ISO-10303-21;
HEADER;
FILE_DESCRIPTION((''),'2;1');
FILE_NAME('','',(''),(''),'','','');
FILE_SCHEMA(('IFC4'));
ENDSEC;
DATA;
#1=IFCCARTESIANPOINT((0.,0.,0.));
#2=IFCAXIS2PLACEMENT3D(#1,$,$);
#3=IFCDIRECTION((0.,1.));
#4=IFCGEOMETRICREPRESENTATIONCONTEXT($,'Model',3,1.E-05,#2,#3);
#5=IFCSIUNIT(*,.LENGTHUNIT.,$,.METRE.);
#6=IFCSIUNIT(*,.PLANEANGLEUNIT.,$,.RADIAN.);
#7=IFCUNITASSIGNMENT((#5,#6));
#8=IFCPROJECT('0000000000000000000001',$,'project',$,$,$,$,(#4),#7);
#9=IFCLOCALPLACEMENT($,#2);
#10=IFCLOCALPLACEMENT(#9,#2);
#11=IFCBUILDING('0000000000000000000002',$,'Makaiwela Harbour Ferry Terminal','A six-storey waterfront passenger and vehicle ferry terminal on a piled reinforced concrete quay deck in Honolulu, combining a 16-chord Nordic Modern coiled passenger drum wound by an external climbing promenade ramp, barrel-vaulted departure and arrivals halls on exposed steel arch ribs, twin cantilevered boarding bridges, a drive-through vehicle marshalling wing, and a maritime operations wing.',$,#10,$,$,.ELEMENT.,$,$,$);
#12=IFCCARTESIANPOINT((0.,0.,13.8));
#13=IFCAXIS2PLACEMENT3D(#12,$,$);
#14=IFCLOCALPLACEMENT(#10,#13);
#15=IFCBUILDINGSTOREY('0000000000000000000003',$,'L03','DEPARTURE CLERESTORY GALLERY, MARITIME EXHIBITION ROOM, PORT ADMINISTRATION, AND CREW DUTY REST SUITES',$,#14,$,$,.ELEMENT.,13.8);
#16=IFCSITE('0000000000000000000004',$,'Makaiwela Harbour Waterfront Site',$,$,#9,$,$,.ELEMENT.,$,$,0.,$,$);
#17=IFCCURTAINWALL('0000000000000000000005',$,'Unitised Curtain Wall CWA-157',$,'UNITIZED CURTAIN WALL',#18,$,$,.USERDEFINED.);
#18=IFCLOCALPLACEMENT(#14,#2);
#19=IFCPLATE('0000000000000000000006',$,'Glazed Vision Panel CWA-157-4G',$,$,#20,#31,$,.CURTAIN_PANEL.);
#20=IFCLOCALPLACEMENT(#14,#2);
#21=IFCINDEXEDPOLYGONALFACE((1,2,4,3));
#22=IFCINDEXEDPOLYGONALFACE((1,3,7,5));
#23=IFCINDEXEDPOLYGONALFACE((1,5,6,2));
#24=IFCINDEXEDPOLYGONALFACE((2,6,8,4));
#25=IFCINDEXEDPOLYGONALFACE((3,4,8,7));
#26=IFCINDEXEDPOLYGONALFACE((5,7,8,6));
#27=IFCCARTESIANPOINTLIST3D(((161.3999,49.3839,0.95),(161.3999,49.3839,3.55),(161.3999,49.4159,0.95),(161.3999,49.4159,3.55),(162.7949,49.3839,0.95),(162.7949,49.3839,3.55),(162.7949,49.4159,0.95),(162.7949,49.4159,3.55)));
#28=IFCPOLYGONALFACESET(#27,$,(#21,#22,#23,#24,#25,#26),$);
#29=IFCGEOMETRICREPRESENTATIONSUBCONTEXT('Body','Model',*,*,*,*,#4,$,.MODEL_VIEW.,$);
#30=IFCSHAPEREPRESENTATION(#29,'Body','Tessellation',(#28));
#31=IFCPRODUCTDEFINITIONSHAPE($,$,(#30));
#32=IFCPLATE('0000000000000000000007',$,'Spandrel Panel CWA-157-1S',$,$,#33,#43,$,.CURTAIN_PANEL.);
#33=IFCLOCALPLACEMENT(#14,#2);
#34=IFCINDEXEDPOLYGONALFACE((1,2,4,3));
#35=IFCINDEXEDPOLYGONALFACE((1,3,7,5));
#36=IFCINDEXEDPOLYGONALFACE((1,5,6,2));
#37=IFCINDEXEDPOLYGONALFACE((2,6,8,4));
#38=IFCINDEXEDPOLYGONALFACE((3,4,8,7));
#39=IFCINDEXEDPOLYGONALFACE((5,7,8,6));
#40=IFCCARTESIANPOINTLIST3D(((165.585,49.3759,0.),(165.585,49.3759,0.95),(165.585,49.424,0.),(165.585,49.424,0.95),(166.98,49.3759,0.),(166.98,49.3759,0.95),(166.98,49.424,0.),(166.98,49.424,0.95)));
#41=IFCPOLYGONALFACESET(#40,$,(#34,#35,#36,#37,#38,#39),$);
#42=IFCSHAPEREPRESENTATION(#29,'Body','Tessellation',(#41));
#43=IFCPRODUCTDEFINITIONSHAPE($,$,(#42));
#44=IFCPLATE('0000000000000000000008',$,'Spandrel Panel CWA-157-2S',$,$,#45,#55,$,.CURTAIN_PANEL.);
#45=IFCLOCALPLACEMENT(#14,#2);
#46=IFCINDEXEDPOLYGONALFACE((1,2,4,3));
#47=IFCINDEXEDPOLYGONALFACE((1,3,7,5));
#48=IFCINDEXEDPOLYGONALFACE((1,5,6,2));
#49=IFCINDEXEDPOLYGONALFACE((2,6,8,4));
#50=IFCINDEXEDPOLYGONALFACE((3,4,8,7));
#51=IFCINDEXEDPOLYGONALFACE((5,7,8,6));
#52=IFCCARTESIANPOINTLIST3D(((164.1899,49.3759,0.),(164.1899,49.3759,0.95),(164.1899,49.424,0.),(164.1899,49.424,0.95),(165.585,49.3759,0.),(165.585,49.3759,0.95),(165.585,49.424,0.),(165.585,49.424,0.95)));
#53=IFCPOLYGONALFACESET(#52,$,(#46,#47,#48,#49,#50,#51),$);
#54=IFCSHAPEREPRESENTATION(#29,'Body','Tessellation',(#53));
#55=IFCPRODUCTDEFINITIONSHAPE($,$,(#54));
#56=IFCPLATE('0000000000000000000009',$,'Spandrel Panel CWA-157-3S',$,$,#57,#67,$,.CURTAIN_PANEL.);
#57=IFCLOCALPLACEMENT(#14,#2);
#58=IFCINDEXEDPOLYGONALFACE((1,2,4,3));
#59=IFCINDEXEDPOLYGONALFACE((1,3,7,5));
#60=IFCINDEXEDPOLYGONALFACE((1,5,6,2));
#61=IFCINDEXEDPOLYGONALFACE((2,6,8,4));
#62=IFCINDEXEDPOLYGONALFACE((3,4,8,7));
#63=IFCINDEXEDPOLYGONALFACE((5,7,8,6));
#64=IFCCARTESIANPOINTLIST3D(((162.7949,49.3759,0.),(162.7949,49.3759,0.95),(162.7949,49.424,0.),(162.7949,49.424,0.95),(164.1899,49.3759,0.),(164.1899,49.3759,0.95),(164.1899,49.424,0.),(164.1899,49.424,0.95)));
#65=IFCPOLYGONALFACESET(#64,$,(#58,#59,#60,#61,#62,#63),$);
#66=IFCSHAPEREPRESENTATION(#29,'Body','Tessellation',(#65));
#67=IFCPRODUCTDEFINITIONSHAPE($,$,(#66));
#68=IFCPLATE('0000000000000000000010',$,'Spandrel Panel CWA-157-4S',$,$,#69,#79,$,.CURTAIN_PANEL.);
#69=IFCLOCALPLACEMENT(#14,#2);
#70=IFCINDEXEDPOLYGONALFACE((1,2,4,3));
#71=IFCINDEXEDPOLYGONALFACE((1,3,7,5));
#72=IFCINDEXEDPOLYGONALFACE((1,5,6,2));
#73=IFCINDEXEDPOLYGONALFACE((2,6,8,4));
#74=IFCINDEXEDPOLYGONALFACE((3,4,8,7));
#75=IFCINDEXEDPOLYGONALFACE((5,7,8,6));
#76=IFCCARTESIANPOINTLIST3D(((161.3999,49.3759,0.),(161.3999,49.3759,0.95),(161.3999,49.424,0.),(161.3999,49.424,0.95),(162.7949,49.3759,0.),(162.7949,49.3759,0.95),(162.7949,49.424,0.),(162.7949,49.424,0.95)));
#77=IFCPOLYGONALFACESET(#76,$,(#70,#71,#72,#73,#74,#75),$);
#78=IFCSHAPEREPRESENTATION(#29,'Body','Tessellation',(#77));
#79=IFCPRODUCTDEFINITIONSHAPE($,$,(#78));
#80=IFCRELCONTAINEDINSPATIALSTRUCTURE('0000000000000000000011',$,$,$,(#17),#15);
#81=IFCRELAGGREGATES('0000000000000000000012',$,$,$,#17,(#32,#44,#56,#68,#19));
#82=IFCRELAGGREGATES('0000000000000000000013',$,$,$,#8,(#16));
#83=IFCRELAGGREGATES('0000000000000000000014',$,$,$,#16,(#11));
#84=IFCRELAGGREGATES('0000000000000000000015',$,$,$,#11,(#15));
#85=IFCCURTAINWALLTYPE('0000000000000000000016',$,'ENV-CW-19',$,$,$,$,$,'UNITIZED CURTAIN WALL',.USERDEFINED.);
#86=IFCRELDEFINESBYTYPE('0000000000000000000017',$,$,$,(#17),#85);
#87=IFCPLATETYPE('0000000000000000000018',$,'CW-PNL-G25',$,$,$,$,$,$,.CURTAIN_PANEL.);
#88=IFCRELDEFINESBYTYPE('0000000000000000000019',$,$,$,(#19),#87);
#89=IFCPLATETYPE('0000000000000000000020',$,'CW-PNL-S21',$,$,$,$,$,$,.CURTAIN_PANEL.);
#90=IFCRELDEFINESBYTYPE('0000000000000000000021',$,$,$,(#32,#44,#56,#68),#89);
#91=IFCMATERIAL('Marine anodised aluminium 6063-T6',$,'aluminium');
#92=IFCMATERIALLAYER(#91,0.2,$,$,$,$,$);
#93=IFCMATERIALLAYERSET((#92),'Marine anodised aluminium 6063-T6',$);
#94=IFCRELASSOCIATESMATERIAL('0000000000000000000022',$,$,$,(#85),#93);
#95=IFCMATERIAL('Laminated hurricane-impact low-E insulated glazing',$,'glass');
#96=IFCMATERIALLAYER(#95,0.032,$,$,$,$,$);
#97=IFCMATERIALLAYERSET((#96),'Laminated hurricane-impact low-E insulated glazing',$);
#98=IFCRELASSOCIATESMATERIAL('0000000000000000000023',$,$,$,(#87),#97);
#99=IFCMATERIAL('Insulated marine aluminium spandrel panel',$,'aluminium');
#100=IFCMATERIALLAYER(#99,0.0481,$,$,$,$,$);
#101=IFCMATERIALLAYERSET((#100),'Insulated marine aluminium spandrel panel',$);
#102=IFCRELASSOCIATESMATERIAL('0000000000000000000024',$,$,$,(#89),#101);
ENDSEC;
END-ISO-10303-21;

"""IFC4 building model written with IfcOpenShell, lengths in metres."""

from ifc_helpers import new_model, si_unit, direction, frame, origin, origin_2d, place, context, subcontext, project, spatial, rectangle, extrude, material, layer, layer_set, type_object, element, aggregate, save


model = new_model("IFC4")

# Units and contexts
model_context = context("Model", 3, precision=1e-05, world=origin(), true_north=direction((0.0, 1.0)))
body_context = subcontext(model_context, "Body", "Model", "MODEL_VIEW")
ifc_project = project(units=[si_unit("LENGTHUNIT", "METRE"), si_unit("PLANEANGLEUNIT", "RADIAN")], contexts=[model_context])

# Site, building, storey
site_placement = place(None, origin())
site = spatial("IfcSite", under=ifc_project, at=site_placement, Name="Makaiwela Harbour Waterfront Site", CompositionType="ELEMENT", RefElevation=0.0)
building_placement = place(site_placement, origin())
building = spatial("IfcBuilding", under=site, at=building_placement, Name="Makaiwela Harbour Ferry Terminal", Description="A six-storey waterfront passenger and vehicle ferry terminal on a piled reinforced concrete quay deck in Honolulu, combining a 16-chord Nordic Modern coiled passenger drum wound by an external climbing promenade ramp, barrel-vaulted departure and arrivals halls on exposed steel arch ribs, twin cantilevered boarding bridges, a drive-through vehicle marshalling wing, and a maritime operations wing.", CompositionType="ELEMENT")
storey_placement = place(building_placement, frame((0.0, 0.0, 13.8)))
storey = spatial("IfcBuildingStorey", under=building, at=storey_placement, Name="L03", Description="DEPARTURE CLERESTORY GALLERY, MARITIME EXHIBITION ROOM, PORT ADMINISTRATION, AND CREW DUTY REST SUITES", CompositionType="ELEMENT", Elevation=13.8)

# Curtain wall, plates
ifc_material_1 = material(Name="Marine anodised aluminium 6063-T6", Category="aluminium")
ifc_layer_1 = layer(ifc_material_1, 0.2)
ifc_layer_set_1 = layer_set([ifc_layer_1], Name="Marine anodised aluminium 6063-T6")
curtain_wall_type = type_object("IfcCurtainWallType", Name="ENV-CW-19", ElementType="UNITIZED CURTAIN WALL", PredefinedType="USERDEFINED", material=ifc_layer_set_1)
curtain_wall_placement = place(storey_placement, origin())
curtain_wall = element("IfcCurtainWall", 1, at=curtain_wall_placement, inside=storey, type_object=curtain_wall_type, Name="Unitised Curtain Wall CWA-157", ObjectType="UNITIZED CURTAIN WALL", PredefinedType="USERDEFINED")
ifc_material_2 = material(Name="Laminated hurricane-impact low-E insulated glazing", Category="glass")
ifc_layer_2 = layer(ifc_material_2, 0.032)
ifc_layer_set_2 = layer_set([ifc_layer_2], Name="Laminated hurricane-impact low-E insulated glazing")
plate_type_1 = type_object("IfcPlateType", Name="CW-PNL-G25", PredefinedType="CURTAIN_PANEL", material=ifc_layer_set_2)
plate_1_placement = place(storey_placement, frame((162.0974, 49.3999, 0.95), z_axis=(0.0, 0.0, 1.0), x_axis=(-1.0, 0.0, 0.0)))
plate_1 = element("IfcPlate", 2, at=plate_1_placement, type_object=plate_type_1, Name="Glazed Vision Panel CWA-157-4G", PredefinedType="CURTAIN_PANEL", context=body_context, shape_type="SweptSolid", body=[
    extrude(rectangle(XDim=1.395, YDim=0.032, at=origin_2d()), origin(), (0.0, 0.0, 1.0), 2.6001),
])
ifc_material_3 = material(Name="Insulated marine aluminium spandrel panel", Category="aluminium")
ifc_layer_3 = layer(ifc_material_3, 0.0481)
ifc_layer_set_3 = layer_set([ifc_layer_3], Name="Insulated marine aluminium spandrel panel")
plate_type_2 = type_object("IfcPlateType", Name="CW-PNL-S21", PredefinedType="CURTAIN_PANEL", material=ifc_layer_set_3)
plate_2_placement = place(storey_placement, frame((166.2825, 49.3999, 0.0), z_axis=(0.0, 0.0, 1.0), x_axis=(-1.0, 0.0, 0.0)))
plate_2 = element("IfcPlate", 3, at=plate_2_placement, type_object=plate_type_2, Name="Spandrel Panel CWA-157-1S", PredefinedType="CURTAIN_PANEL", context=body_context, shape_type="SweptSolid", body=[
    extrude(rectangle(XDim=1.395, YDim=0.0481, at=origin_2d()), origin(), (0.0, 0.0, 1.0), 0.95),
])
plate_3_placement = place(storey_placement, frame((164.8875, 49.3999, 0.0), z_axis=(0.0, 0.0, 1.0), x_axis=(-1.0, 0.0, 0.0)))
plate_3 = element("IfcPlate", 4, at=plate_3_placement, type_object=plate_type_2, Name="Spandrel Panel CWA-157-2S", PredefinedType="CURTAIN_PANEL", context=body_context, shape_type="SweptSolid", body=[
    extrude(rectangle(XDim=1.395, YDim=0.0481, at=origin_2d()), origin(), (0.0, 0.0, 1.0), 0.95),
])
plate_4_placement = place(storey_placement, frame((163.4924, 49.3999, 0.0), z_axis=(0.0, 0.0, 1.0), x_axis=(-1.0, 0.0, 0.0)))
plate_4 = element("IfcPlate", 5, at=plate_4_placement, type_object=plate_type_2, Name="Spandrel Panel CWA-157-3S", PredefinedType="CURTAIN_PANEL", context=body_context, shape_type="SweptSolid", body=[
    extrude(rectangle(XDim=1.395, YDim=0.0481, at=origin_2d()), origin(), (0.0, 0.0, 1.0), 0.95),
])
plate_5_placement = place(storey_placement, frame((162.0974, 49.3999, 0.0), z_axis=(0.0, 0.0, 1.0), x_axis=(-1.0, 0.0, 0.0)))
plate_5 = element("IfcPlate", 6, at=plate_5_placement, type_object=plate_type_2, Name="Spandrel Panel CWA-157-4S", PredefinedType="CURTAIN_PANEL", context=body_context, shape_type="SweptSolid", body=[
    extrude(rectangle(XDim=1.395, YDim=0.0481, at=origin_2d()), origin(), (0.0, 0.0, 1.0), 0.95),
])
aggregate(curtain_wall, [plate_2, plate_3, plate_4, plate_5, plate_1])

save(model, "model.ifc")
